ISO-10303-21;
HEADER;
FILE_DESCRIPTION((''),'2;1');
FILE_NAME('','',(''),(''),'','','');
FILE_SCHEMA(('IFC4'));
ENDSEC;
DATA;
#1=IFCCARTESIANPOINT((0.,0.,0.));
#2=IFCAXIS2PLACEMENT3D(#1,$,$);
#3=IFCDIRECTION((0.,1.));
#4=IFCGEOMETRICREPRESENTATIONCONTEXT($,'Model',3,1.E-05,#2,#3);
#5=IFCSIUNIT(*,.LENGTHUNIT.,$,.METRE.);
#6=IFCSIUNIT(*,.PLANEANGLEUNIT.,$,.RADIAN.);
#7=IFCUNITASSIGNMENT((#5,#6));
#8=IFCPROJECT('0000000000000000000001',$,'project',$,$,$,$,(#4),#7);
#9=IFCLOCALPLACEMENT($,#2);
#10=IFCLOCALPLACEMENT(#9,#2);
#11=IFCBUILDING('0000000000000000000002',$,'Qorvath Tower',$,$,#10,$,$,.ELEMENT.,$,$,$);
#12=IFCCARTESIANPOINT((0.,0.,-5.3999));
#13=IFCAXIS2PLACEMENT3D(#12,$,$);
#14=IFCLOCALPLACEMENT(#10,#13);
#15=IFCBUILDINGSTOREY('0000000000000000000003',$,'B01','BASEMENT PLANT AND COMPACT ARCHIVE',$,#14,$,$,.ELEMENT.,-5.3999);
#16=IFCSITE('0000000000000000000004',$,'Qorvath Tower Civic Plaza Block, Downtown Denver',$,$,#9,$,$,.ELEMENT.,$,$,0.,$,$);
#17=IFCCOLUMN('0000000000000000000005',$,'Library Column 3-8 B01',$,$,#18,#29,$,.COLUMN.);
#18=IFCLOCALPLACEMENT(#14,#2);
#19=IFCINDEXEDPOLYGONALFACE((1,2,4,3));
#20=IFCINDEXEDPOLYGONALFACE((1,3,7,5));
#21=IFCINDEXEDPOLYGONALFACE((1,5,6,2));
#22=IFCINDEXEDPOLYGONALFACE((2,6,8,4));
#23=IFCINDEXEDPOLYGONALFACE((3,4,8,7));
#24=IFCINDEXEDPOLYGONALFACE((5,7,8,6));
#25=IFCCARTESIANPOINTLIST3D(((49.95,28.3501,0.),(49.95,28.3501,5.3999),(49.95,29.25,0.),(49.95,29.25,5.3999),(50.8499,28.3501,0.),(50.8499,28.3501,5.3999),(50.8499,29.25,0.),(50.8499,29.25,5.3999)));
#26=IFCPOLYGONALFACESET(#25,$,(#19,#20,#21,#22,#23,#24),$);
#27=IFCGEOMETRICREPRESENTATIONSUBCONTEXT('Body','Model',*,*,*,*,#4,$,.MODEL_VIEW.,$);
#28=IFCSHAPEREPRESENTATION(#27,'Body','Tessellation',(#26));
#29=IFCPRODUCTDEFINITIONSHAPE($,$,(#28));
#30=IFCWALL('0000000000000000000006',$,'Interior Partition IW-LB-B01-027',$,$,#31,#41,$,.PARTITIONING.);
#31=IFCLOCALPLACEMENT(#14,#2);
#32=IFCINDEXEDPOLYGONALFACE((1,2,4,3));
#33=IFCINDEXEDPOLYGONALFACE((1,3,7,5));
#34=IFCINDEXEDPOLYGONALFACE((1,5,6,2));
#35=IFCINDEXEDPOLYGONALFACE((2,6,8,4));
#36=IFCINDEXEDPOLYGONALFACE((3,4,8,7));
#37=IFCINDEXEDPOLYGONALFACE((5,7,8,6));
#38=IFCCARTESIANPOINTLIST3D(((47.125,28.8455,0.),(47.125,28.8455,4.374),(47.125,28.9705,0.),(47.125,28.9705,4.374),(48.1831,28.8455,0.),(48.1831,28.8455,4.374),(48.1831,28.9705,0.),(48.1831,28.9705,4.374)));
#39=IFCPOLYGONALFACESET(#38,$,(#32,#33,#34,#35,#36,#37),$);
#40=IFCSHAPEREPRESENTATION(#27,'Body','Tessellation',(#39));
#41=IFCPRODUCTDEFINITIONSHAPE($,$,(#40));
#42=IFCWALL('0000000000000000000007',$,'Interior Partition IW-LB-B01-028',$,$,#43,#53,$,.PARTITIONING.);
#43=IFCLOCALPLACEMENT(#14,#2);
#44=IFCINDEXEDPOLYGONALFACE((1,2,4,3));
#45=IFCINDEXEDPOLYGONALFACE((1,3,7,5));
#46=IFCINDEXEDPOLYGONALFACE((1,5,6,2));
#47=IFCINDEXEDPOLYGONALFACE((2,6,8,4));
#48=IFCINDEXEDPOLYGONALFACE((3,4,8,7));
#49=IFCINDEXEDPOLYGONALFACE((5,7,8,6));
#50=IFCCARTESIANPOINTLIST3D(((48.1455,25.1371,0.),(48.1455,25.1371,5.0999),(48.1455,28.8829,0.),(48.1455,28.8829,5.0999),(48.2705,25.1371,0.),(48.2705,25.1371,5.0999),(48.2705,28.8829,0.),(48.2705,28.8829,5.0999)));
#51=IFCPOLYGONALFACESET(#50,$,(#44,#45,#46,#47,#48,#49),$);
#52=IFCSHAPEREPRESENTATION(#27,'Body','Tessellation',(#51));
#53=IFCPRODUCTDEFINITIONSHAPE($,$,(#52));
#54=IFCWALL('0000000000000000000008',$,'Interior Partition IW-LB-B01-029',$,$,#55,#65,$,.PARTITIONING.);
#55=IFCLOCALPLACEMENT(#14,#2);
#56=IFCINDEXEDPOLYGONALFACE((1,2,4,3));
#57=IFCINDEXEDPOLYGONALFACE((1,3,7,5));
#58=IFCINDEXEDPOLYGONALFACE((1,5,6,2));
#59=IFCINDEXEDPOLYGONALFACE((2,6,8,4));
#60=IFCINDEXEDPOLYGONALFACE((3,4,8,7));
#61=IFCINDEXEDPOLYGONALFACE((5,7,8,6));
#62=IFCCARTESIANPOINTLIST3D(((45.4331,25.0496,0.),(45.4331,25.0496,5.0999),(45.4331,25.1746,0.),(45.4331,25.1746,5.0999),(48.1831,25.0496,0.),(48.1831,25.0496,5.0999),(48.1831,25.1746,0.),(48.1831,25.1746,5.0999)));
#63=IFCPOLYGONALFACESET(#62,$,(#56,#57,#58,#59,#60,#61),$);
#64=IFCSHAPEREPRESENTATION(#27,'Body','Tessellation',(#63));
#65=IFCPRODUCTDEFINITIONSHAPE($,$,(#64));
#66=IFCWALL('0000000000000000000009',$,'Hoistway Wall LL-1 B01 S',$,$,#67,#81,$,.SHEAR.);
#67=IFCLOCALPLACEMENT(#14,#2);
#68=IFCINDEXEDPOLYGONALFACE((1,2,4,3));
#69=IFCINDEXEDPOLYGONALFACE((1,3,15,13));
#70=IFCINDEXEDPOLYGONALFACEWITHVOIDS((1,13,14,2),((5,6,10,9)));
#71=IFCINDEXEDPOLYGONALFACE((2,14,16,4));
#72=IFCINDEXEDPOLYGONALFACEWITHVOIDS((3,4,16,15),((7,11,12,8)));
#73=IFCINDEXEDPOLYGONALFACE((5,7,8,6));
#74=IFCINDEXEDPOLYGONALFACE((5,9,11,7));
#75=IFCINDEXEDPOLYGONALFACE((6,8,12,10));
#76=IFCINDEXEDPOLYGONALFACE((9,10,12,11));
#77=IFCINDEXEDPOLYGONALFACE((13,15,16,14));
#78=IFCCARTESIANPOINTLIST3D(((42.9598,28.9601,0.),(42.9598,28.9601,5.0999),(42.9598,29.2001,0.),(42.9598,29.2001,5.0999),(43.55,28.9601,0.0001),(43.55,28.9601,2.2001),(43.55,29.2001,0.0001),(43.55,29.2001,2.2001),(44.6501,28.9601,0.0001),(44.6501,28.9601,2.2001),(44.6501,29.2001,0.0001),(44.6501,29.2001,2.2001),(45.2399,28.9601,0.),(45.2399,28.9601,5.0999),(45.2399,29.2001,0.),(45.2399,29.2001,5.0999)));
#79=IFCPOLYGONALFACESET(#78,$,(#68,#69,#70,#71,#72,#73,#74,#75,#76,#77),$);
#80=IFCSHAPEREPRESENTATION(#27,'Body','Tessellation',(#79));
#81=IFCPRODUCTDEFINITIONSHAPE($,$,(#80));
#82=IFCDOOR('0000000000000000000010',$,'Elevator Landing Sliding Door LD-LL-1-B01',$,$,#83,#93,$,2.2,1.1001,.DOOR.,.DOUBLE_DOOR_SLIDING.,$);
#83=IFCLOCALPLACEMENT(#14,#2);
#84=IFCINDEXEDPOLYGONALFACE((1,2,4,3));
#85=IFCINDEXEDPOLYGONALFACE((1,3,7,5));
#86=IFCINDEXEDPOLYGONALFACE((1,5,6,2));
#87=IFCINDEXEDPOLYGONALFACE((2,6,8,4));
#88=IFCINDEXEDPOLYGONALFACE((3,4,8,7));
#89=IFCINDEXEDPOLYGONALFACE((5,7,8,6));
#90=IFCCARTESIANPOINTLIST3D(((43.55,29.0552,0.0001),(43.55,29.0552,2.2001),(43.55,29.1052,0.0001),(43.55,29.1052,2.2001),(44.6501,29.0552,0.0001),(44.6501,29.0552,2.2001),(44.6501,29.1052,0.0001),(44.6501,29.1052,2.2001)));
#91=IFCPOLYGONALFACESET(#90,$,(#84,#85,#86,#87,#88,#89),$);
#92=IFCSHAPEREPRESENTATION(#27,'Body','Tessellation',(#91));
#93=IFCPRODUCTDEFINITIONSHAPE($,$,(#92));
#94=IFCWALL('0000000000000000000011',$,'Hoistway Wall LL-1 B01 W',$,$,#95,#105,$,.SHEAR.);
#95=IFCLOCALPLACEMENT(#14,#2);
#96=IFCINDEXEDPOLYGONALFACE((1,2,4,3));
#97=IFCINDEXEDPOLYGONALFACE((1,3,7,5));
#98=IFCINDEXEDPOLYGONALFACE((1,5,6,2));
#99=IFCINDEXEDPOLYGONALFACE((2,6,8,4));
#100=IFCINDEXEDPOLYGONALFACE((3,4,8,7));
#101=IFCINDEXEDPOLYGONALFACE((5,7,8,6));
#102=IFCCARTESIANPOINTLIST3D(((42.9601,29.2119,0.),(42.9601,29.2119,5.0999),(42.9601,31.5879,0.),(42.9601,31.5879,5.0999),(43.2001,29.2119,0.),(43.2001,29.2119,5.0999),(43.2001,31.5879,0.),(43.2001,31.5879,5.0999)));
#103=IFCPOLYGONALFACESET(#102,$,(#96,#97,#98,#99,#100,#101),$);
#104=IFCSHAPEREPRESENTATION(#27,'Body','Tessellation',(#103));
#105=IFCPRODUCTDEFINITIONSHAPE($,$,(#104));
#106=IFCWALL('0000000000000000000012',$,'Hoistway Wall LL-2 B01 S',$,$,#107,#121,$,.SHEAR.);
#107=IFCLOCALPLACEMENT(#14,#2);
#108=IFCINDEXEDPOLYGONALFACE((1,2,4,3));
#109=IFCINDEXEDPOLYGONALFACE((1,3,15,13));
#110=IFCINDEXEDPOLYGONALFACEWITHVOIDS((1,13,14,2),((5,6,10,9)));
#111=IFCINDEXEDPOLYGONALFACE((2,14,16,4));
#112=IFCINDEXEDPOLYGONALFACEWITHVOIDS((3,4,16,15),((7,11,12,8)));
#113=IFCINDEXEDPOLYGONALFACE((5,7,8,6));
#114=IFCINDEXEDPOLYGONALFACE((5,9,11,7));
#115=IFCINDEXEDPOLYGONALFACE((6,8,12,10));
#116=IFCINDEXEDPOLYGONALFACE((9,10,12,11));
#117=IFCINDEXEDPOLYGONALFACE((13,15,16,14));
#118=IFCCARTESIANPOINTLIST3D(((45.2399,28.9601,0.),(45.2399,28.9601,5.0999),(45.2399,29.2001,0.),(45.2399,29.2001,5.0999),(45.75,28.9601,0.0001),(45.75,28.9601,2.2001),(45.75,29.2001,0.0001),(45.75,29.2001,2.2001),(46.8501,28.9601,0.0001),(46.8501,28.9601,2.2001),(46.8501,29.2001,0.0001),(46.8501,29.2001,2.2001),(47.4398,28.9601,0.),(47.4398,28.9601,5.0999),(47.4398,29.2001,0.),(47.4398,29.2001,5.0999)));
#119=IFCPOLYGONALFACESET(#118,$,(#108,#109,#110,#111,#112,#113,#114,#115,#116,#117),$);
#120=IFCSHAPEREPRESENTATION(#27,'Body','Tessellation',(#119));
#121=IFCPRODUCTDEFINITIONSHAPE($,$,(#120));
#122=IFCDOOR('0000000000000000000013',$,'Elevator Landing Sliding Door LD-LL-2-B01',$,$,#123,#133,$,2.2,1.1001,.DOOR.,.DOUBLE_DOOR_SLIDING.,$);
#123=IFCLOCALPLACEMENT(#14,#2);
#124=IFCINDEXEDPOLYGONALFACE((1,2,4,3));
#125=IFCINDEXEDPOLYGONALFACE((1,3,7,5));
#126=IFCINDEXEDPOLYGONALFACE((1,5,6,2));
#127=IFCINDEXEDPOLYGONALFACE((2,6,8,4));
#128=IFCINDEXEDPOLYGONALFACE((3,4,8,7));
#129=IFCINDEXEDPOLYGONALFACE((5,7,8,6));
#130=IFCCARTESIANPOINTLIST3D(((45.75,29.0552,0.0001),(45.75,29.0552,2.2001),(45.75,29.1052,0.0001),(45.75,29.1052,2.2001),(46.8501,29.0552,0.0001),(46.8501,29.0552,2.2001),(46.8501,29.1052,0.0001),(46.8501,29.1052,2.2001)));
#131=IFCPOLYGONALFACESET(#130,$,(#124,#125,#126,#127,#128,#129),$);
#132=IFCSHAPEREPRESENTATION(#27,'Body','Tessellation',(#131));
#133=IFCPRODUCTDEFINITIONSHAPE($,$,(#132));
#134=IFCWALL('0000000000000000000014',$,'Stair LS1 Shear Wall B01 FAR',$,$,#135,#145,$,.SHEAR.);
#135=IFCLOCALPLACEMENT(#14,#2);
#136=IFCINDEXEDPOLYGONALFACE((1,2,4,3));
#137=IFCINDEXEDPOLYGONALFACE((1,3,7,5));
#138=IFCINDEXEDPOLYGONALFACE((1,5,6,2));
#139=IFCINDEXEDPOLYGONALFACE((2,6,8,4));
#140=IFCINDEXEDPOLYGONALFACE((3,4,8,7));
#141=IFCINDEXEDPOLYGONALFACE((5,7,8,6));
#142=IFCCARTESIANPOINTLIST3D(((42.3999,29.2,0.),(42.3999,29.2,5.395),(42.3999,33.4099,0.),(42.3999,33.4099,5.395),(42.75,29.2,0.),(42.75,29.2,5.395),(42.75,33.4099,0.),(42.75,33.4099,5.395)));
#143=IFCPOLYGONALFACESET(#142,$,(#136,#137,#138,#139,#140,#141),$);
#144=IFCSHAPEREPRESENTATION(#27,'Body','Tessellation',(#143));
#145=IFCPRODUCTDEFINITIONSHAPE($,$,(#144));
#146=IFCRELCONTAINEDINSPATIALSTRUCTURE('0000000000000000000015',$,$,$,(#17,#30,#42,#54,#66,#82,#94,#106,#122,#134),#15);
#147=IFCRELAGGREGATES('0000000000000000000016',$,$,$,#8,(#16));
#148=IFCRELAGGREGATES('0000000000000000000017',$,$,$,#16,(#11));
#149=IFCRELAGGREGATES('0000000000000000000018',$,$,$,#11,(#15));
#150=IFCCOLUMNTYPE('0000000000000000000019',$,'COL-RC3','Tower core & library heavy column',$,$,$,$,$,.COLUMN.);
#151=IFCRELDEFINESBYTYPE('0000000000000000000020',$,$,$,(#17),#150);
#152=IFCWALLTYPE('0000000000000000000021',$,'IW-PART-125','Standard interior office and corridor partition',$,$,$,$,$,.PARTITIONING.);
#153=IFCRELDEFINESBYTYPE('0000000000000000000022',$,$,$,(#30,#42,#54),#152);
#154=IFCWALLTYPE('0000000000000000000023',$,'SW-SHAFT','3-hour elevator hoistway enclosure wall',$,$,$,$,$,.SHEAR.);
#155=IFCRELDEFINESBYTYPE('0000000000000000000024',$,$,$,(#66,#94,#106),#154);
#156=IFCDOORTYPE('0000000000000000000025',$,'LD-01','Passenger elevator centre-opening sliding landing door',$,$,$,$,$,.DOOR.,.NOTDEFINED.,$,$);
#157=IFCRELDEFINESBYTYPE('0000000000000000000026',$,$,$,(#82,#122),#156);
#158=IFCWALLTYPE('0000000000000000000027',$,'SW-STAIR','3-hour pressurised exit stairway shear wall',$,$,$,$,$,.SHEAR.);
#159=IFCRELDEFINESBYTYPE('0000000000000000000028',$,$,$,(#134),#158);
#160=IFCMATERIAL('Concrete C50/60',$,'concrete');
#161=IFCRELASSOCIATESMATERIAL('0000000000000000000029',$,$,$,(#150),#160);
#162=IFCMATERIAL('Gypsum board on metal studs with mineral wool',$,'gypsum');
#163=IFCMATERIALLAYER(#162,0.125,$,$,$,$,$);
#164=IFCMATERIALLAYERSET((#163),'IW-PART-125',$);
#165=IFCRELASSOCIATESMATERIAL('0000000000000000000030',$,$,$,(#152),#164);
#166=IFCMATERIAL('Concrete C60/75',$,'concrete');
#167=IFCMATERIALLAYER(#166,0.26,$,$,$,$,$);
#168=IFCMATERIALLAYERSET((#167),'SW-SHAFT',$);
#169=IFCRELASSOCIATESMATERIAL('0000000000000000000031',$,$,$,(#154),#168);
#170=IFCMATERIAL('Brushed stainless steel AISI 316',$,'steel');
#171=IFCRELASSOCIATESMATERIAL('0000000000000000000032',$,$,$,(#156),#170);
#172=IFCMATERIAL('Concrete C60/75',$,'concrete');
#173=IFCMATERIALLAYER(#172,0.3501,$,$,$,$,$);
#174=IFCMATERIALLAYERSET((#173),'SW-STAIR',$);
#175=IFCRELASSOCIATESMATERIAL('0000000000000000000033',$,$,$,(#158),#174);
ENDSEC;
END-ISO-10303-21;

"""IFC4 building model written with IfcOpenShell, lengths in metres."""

from ifc_helpers import new_model, si_unit, direction, frame, frame_2d, origin, origin_2d, place, context, subcontext, project, spatial, rectangle, extrude, material, layer, layer_set, material_profile, profile_set, type_object, element, fill, save


model = new_model("IFC4")

# Units and contexts
model_context = context("Model", 3, precision=1e-05, world=origin(), true_north=direction((0.0, 1.0)))
body_context = subcontext(model_context, "Body", "Model", "MODEL_VIEW")
ifc_project = project(units=[si_unit("LENGTHUNIT", "METRE"), si_unit("PLANEANGLEUNIT", "RADIAN")], contexts=[model_context])

# Site, building, storey
site_placement = place(None, origin())
site = spatial("IfcSite", under=ifc_project, at=site_placement, Name="Qorvath Tower Civic Plaza Block, Downtown Denver", CompositionType="ELEMENT", RefElevation=0.0)
building_placement = place(site_placement, origin())
building = spatial("IfcBuilding", under=site, at=building_placement, Name="Qorvath Tower", CompositionType="ELEMENT")
storey_placement = place(building_placement, frame((0.0, 0.0, -5.3999)))
storey = spatial("IfcBuildingStorey", under=building, at=storey_placement, Name="B01", Description="BASEMENT PLANT AND COMPACT ARCHIVE", CompositionType="ELEMENT", Elevation=-5.3999)

# Column
ifc_material_1 = material(Name="Concrete C50/60", Category="concrete")
ifc_material_profile_1 = material_profile(ifc_material_1, rectangle(XDim=0.8999, YDim=0.8999, at=origin_2d()), Name="RC 900x900")
ifc_profile_set_1 = profile_set([ifc_material_profile_1], Name="Concrete C50/60")
column_type = type_object("IfcColumnType", Name="COL-RC3", Description="Tower core & library heavy column", PredefinedType="COLUMN", material=ifc_profile_set_1)
for number, where, z_axis, x_axis, name in (
    (1, (50.3999, 28.8, 0.0), (0.0, 0.0, 1.0), (1.0, 0.0, 0.0), "Library Column 3-8 B01"),
):
    element("IfcColumn", number, at=place(storey_placement, frame(where, z_axis=z_axis, x_axis=x_axis)), inside=storey, type_object=column_type, Name=name, PredefinedType="COLUMN", context=body_context, shape_type="SweptSolid", body=[
        extrude(rectangle(XDim=0.8999, YDim=0.8999, at=origin_2d()), origin(), (0.0, 0.0, 1.0), 5.3999),
    ])

# Walls
ifc_material_2 = material(Name="Gypsum board on metal studs with mineral wool", Category="gypsum")
ifc_layer_1 = layer(ifc_material_2, 0.125)
ifc_layer_set_1 = layer_set([ifc_layer_1], Name="IW-PART-125")
wall_type_1 = type_object("IfcWallType", Name="IW-PART-125", Description="Standard interior office and corridor partition", PredefinedType="PARTITIONING", material=ifc_layer_set_1)
wall_1_placement = place(storey_placement, frame((48.1831, 28.908, 0.0), z_axis=(0.0, 0.0, 1.0), x_axis=(-1.0, 0.0, 0.0)))
element("IfcWall", 2, at=wall_1_placement, inside=storey, type_object=wall_type_1, Name="Interior Partition IW-LB-B01-027", PredefinedType="PARTITIONING", context=body_context, shape_type="SweptSolid", body=[
    extrude(rectangle(XDim=1.0581, YDim=0.125, at=frame_2d((0.5291, 0.0))), origin(), (0.0, 0.0, 1.0), 4.374),
])
wall_2_placement = place(storey_placement, frame((48.208, 28.8831, 0.0), z_axis=(0.0, 0.0, 1.0), x_axis=(0.0, -1.0, 0.0)))
element("IfcWall", 3, at=wall_2_placement, inside=storey, type_object=wall_type_1, Name="Interior Partition IW-LB-B01-028", PredefinedType="PARTITIONING", context=body_context, shape_type="SweptSolid", body=[
    extrude(rectangle(XDim=3.7458, YDim=0.125, at=frame_2d((1.873, 0.0))), origin(), (0.0, 0.0, 1.0), 5.0999),
])
wall_3_placement = place(storey_placement, frame((45.4331, 25.1121, 0.0), z_axis=(0.0, 0.0, 1.0), x_axis=(1.0, 0.0, 0.0)))
element("IfcWall", 4, at=wall_3_placement, inside=storey, type_object=wall_type_1, Name="Interior Partition IW-LB-B01-029", PredefinedType="PARTITIONING", context=body_context, shape_type="SweptSolid", body=[
    extrude(rectangle(XDim=2.75, YDim=0.125, at=frame_2d((1.375, 0.0))), origin(), (0.0, 0.0, 1.0), 5.0999),
])

# Wall, opening, door
ifc_material_3 = material(Name="Concrete C60/75", Category="concrete")
ifc_layer_2 = layer(ifc_material_3, 0.26)
ifc_layer_set_2 = layer_set([ifc_layer_2], Name="SW-SHAFT")
wall_type_2 = type_object("IfcWallType", Name="SW-SHAFT", Description="3-hour elevator hoistway enclosure wall", PredefinedType="SHEAR", material=ifc_layer_set_2)
wall_4_placement = place(storey_placement, frame((45.24, 29.0801, 0.0), z_axis=(0.0, 0.0, 1.0), x_axis=(-1.0, 0.0, 0.0)))
wall_4 = element("IfcWall", 5, at=wall_4_placement, inside=storey, type_object=wall_type_2, Name="Hoistway Wall LL-1 B01 S", PredefinedType="SHEAR", context=body_context, shape_type="SweptSolid", body=[
    extrude(rectangle(XDim=2.28, YDim=0.24, at=frame_2d((1.1401, 0.0))), origin(), (0.0, 0.0, 1.0), 5.0999),
])
opening_1_placement = place(wall_4_placement, frame((0.5898, 0.0, 0.0)))
opening_1 = element("IfcOpeningElement", 6, at=opening_1_placement, cuts=wall_4, PredefinedType="OPENING", context=body_context, shape_type="SweptSolid", body=[
    extrude(rectangle(XDim=1.1001, YDim=2.2, at=frame_2d((0.55, 1.1001))), frame((0.0, 0.1299, 0.0), z_axis=(0.0, -1.0, 0.0), x_axis=(1.0, 0.0, 0.0)), (0.0, 0.0, 1.0), 0.26),
])
ifc_material_4 = material(Name="Brushed stainless steel AISI 316", Category="steel")
door_type = type_object("IfcDoorType", Name="LD-01", Description="Passenger elevator centre-opening sliding landing door", OperationType="NOTDEFINED", PredefinedType="DOOR", material=ifc_material_4)
door_1_placement = place(opening_1_placement, origin())
door_1 = element("IfcDoor", 7, at=door_1_placement, inside=storey, type_object=door_type, Name="Elevator Landing Sliding Door LD-LL-1-B01", OperationType="DOUBLE_DOOR_SLIDING", OverallHeight=2.2, OverallWidth=1.1001, PredefinedType="DOOR", context=body_context, shape_type="SweptSolid", body=[
    extrude(rectangle(XDim=1.1001, YDim=2.2, at=frame_2d((0.55, 1.1001))), frame((0.0, 0.0249, 0.0), z_axis=(0.0, -1.0, 0.0), x_axis=(1.0, 0.0, 0.0)), (0.0, 0.0, 1.0), 0.05),
])
fill(opening_1, door_1)

# Wall
wall_5_placement = place(storey_placement, frame((43.0801, 29.2119, 0.0), z_axis=(0.0, 0.0, 1.0), x_axis=(0.0, 1.0, 0.0)))
element("IfcWall", 8, at=wall_5_placement, inside=storey, type_object=wall_type_2, Name="Hoistway Wall LL-1 B01 W", PredefinedType="SHEAR", context=body_context, shape_type="SweptSolid", body=[
    extrude(rectangle(XDim=2.376, YDim=0.24, at=frame_2d((1.188, 0.0))), origin(), (0.0, 0.0, 1.0), 5.0999),
])

# Wall, opening, door
wall_6_placement = place(storey_placement, frame((47.4399, 29.0801, 0.0), z_axis=(0.0, 0.0, 1.0), x_axis=(-1.0, 0.0, 0.0)))
wall_6 = element("IfcWall", 9, at=wall_6_placement, inside=storey, type_object=wall_type_2, Name="Hoistway Wall LL-2 B01 S", PredefinedType="SHEAR", context=body_context, shape_type="SweptSolid", body=[
    extrude(rectangle(XDim=2.2, YDim=0.24, at=frame_2d((1.1001, 0.0))), origin(), (0.0, 0.0, 1.0), 5.0999),
])
opening_2_placement = place(wall_6_placement, frame((0.5898, 0.0, 0.0)))
opening_2 = element("IfcOpeningElement", 10, at=opening_2_placement, cuts=wall_6, PredefinedType="OPENING", context=body_context, shape_type="SweptSolid", body=[
    extrude(rectangle(XDim=1.1001, YDim=2.2, at=frame_2d((0.55, 1.1001))), frame((0.0, 0.1299, 0.0), z_axis=(0.0, -1.0, 0.0), x_axis=(1.0, 0.0, 0.0)), (0.0, 0.0, 1.0), 0.26),
])
door_2_placement = place(opening_2_placement, origin())
door_2 = element("IfcDoor", 11, at=door_2_placement, inside=storey, type_object=door_type, Name="Elevator Landing Sliding Door LD-LL-2-B01", OperationType="DOUBLE_DOOR_SLIDING", OverallHeight=2.2, OverallWidth=1.1001, PredefinedType="DOOR", context=body_context, shape_type="SweptSolid", body=[
    extrude(rectangle(XDim=1.1001, YDim=2.2, at=frame_2d((0.55, 1.1001))), frame((0.0, 0.0249, 0.0), z_axis=(0.0, -1.0, 0.0), x_axis=(1.0, 0.0, 0.0)), (0.0, 0.0, 1.0), 0.05),
])
fill(opening_2, door_2)

# Wall
ifc_material_5 = material(Name="Concrete C60/75", Category="concrete")
ifc_layer_3 = layer(ifc_material_5, 0.3501)
ifc_layer_set_3 = layer_set([ifc_layer_3], Name="SW-STAIR")
wall_type_3 = type_object("IfcWallType", Name="SW-STAIR", Description="3-hour pressurised exit stairway shear wall", PredefinedType="SHEAR", material=ifc_layer_set_3)
wall_7_placement = place(storey_placement, frame((42.575, 29.2, 0.0), z_axis=(0.0, 0.0, 1.0), x_axis=(0.0, 1.0, 0.0)))
element("IfcWall", 12, at=wall_7_placement, inside=storey, type_object=wall_type_3, Name="Stair LS1 Shear Wall B01 FAR", PredefinedType="SHEAR", context=body_context, shape_type="SweptSolid", body=[
    extrude(rectangle(XDim=4.21, YDim=0.3501, at=frame_2d((2.105, 0.0))), origin(), (0.0, 0.0, 1.0), 5.395),
])

save(model, "model.ifc")
